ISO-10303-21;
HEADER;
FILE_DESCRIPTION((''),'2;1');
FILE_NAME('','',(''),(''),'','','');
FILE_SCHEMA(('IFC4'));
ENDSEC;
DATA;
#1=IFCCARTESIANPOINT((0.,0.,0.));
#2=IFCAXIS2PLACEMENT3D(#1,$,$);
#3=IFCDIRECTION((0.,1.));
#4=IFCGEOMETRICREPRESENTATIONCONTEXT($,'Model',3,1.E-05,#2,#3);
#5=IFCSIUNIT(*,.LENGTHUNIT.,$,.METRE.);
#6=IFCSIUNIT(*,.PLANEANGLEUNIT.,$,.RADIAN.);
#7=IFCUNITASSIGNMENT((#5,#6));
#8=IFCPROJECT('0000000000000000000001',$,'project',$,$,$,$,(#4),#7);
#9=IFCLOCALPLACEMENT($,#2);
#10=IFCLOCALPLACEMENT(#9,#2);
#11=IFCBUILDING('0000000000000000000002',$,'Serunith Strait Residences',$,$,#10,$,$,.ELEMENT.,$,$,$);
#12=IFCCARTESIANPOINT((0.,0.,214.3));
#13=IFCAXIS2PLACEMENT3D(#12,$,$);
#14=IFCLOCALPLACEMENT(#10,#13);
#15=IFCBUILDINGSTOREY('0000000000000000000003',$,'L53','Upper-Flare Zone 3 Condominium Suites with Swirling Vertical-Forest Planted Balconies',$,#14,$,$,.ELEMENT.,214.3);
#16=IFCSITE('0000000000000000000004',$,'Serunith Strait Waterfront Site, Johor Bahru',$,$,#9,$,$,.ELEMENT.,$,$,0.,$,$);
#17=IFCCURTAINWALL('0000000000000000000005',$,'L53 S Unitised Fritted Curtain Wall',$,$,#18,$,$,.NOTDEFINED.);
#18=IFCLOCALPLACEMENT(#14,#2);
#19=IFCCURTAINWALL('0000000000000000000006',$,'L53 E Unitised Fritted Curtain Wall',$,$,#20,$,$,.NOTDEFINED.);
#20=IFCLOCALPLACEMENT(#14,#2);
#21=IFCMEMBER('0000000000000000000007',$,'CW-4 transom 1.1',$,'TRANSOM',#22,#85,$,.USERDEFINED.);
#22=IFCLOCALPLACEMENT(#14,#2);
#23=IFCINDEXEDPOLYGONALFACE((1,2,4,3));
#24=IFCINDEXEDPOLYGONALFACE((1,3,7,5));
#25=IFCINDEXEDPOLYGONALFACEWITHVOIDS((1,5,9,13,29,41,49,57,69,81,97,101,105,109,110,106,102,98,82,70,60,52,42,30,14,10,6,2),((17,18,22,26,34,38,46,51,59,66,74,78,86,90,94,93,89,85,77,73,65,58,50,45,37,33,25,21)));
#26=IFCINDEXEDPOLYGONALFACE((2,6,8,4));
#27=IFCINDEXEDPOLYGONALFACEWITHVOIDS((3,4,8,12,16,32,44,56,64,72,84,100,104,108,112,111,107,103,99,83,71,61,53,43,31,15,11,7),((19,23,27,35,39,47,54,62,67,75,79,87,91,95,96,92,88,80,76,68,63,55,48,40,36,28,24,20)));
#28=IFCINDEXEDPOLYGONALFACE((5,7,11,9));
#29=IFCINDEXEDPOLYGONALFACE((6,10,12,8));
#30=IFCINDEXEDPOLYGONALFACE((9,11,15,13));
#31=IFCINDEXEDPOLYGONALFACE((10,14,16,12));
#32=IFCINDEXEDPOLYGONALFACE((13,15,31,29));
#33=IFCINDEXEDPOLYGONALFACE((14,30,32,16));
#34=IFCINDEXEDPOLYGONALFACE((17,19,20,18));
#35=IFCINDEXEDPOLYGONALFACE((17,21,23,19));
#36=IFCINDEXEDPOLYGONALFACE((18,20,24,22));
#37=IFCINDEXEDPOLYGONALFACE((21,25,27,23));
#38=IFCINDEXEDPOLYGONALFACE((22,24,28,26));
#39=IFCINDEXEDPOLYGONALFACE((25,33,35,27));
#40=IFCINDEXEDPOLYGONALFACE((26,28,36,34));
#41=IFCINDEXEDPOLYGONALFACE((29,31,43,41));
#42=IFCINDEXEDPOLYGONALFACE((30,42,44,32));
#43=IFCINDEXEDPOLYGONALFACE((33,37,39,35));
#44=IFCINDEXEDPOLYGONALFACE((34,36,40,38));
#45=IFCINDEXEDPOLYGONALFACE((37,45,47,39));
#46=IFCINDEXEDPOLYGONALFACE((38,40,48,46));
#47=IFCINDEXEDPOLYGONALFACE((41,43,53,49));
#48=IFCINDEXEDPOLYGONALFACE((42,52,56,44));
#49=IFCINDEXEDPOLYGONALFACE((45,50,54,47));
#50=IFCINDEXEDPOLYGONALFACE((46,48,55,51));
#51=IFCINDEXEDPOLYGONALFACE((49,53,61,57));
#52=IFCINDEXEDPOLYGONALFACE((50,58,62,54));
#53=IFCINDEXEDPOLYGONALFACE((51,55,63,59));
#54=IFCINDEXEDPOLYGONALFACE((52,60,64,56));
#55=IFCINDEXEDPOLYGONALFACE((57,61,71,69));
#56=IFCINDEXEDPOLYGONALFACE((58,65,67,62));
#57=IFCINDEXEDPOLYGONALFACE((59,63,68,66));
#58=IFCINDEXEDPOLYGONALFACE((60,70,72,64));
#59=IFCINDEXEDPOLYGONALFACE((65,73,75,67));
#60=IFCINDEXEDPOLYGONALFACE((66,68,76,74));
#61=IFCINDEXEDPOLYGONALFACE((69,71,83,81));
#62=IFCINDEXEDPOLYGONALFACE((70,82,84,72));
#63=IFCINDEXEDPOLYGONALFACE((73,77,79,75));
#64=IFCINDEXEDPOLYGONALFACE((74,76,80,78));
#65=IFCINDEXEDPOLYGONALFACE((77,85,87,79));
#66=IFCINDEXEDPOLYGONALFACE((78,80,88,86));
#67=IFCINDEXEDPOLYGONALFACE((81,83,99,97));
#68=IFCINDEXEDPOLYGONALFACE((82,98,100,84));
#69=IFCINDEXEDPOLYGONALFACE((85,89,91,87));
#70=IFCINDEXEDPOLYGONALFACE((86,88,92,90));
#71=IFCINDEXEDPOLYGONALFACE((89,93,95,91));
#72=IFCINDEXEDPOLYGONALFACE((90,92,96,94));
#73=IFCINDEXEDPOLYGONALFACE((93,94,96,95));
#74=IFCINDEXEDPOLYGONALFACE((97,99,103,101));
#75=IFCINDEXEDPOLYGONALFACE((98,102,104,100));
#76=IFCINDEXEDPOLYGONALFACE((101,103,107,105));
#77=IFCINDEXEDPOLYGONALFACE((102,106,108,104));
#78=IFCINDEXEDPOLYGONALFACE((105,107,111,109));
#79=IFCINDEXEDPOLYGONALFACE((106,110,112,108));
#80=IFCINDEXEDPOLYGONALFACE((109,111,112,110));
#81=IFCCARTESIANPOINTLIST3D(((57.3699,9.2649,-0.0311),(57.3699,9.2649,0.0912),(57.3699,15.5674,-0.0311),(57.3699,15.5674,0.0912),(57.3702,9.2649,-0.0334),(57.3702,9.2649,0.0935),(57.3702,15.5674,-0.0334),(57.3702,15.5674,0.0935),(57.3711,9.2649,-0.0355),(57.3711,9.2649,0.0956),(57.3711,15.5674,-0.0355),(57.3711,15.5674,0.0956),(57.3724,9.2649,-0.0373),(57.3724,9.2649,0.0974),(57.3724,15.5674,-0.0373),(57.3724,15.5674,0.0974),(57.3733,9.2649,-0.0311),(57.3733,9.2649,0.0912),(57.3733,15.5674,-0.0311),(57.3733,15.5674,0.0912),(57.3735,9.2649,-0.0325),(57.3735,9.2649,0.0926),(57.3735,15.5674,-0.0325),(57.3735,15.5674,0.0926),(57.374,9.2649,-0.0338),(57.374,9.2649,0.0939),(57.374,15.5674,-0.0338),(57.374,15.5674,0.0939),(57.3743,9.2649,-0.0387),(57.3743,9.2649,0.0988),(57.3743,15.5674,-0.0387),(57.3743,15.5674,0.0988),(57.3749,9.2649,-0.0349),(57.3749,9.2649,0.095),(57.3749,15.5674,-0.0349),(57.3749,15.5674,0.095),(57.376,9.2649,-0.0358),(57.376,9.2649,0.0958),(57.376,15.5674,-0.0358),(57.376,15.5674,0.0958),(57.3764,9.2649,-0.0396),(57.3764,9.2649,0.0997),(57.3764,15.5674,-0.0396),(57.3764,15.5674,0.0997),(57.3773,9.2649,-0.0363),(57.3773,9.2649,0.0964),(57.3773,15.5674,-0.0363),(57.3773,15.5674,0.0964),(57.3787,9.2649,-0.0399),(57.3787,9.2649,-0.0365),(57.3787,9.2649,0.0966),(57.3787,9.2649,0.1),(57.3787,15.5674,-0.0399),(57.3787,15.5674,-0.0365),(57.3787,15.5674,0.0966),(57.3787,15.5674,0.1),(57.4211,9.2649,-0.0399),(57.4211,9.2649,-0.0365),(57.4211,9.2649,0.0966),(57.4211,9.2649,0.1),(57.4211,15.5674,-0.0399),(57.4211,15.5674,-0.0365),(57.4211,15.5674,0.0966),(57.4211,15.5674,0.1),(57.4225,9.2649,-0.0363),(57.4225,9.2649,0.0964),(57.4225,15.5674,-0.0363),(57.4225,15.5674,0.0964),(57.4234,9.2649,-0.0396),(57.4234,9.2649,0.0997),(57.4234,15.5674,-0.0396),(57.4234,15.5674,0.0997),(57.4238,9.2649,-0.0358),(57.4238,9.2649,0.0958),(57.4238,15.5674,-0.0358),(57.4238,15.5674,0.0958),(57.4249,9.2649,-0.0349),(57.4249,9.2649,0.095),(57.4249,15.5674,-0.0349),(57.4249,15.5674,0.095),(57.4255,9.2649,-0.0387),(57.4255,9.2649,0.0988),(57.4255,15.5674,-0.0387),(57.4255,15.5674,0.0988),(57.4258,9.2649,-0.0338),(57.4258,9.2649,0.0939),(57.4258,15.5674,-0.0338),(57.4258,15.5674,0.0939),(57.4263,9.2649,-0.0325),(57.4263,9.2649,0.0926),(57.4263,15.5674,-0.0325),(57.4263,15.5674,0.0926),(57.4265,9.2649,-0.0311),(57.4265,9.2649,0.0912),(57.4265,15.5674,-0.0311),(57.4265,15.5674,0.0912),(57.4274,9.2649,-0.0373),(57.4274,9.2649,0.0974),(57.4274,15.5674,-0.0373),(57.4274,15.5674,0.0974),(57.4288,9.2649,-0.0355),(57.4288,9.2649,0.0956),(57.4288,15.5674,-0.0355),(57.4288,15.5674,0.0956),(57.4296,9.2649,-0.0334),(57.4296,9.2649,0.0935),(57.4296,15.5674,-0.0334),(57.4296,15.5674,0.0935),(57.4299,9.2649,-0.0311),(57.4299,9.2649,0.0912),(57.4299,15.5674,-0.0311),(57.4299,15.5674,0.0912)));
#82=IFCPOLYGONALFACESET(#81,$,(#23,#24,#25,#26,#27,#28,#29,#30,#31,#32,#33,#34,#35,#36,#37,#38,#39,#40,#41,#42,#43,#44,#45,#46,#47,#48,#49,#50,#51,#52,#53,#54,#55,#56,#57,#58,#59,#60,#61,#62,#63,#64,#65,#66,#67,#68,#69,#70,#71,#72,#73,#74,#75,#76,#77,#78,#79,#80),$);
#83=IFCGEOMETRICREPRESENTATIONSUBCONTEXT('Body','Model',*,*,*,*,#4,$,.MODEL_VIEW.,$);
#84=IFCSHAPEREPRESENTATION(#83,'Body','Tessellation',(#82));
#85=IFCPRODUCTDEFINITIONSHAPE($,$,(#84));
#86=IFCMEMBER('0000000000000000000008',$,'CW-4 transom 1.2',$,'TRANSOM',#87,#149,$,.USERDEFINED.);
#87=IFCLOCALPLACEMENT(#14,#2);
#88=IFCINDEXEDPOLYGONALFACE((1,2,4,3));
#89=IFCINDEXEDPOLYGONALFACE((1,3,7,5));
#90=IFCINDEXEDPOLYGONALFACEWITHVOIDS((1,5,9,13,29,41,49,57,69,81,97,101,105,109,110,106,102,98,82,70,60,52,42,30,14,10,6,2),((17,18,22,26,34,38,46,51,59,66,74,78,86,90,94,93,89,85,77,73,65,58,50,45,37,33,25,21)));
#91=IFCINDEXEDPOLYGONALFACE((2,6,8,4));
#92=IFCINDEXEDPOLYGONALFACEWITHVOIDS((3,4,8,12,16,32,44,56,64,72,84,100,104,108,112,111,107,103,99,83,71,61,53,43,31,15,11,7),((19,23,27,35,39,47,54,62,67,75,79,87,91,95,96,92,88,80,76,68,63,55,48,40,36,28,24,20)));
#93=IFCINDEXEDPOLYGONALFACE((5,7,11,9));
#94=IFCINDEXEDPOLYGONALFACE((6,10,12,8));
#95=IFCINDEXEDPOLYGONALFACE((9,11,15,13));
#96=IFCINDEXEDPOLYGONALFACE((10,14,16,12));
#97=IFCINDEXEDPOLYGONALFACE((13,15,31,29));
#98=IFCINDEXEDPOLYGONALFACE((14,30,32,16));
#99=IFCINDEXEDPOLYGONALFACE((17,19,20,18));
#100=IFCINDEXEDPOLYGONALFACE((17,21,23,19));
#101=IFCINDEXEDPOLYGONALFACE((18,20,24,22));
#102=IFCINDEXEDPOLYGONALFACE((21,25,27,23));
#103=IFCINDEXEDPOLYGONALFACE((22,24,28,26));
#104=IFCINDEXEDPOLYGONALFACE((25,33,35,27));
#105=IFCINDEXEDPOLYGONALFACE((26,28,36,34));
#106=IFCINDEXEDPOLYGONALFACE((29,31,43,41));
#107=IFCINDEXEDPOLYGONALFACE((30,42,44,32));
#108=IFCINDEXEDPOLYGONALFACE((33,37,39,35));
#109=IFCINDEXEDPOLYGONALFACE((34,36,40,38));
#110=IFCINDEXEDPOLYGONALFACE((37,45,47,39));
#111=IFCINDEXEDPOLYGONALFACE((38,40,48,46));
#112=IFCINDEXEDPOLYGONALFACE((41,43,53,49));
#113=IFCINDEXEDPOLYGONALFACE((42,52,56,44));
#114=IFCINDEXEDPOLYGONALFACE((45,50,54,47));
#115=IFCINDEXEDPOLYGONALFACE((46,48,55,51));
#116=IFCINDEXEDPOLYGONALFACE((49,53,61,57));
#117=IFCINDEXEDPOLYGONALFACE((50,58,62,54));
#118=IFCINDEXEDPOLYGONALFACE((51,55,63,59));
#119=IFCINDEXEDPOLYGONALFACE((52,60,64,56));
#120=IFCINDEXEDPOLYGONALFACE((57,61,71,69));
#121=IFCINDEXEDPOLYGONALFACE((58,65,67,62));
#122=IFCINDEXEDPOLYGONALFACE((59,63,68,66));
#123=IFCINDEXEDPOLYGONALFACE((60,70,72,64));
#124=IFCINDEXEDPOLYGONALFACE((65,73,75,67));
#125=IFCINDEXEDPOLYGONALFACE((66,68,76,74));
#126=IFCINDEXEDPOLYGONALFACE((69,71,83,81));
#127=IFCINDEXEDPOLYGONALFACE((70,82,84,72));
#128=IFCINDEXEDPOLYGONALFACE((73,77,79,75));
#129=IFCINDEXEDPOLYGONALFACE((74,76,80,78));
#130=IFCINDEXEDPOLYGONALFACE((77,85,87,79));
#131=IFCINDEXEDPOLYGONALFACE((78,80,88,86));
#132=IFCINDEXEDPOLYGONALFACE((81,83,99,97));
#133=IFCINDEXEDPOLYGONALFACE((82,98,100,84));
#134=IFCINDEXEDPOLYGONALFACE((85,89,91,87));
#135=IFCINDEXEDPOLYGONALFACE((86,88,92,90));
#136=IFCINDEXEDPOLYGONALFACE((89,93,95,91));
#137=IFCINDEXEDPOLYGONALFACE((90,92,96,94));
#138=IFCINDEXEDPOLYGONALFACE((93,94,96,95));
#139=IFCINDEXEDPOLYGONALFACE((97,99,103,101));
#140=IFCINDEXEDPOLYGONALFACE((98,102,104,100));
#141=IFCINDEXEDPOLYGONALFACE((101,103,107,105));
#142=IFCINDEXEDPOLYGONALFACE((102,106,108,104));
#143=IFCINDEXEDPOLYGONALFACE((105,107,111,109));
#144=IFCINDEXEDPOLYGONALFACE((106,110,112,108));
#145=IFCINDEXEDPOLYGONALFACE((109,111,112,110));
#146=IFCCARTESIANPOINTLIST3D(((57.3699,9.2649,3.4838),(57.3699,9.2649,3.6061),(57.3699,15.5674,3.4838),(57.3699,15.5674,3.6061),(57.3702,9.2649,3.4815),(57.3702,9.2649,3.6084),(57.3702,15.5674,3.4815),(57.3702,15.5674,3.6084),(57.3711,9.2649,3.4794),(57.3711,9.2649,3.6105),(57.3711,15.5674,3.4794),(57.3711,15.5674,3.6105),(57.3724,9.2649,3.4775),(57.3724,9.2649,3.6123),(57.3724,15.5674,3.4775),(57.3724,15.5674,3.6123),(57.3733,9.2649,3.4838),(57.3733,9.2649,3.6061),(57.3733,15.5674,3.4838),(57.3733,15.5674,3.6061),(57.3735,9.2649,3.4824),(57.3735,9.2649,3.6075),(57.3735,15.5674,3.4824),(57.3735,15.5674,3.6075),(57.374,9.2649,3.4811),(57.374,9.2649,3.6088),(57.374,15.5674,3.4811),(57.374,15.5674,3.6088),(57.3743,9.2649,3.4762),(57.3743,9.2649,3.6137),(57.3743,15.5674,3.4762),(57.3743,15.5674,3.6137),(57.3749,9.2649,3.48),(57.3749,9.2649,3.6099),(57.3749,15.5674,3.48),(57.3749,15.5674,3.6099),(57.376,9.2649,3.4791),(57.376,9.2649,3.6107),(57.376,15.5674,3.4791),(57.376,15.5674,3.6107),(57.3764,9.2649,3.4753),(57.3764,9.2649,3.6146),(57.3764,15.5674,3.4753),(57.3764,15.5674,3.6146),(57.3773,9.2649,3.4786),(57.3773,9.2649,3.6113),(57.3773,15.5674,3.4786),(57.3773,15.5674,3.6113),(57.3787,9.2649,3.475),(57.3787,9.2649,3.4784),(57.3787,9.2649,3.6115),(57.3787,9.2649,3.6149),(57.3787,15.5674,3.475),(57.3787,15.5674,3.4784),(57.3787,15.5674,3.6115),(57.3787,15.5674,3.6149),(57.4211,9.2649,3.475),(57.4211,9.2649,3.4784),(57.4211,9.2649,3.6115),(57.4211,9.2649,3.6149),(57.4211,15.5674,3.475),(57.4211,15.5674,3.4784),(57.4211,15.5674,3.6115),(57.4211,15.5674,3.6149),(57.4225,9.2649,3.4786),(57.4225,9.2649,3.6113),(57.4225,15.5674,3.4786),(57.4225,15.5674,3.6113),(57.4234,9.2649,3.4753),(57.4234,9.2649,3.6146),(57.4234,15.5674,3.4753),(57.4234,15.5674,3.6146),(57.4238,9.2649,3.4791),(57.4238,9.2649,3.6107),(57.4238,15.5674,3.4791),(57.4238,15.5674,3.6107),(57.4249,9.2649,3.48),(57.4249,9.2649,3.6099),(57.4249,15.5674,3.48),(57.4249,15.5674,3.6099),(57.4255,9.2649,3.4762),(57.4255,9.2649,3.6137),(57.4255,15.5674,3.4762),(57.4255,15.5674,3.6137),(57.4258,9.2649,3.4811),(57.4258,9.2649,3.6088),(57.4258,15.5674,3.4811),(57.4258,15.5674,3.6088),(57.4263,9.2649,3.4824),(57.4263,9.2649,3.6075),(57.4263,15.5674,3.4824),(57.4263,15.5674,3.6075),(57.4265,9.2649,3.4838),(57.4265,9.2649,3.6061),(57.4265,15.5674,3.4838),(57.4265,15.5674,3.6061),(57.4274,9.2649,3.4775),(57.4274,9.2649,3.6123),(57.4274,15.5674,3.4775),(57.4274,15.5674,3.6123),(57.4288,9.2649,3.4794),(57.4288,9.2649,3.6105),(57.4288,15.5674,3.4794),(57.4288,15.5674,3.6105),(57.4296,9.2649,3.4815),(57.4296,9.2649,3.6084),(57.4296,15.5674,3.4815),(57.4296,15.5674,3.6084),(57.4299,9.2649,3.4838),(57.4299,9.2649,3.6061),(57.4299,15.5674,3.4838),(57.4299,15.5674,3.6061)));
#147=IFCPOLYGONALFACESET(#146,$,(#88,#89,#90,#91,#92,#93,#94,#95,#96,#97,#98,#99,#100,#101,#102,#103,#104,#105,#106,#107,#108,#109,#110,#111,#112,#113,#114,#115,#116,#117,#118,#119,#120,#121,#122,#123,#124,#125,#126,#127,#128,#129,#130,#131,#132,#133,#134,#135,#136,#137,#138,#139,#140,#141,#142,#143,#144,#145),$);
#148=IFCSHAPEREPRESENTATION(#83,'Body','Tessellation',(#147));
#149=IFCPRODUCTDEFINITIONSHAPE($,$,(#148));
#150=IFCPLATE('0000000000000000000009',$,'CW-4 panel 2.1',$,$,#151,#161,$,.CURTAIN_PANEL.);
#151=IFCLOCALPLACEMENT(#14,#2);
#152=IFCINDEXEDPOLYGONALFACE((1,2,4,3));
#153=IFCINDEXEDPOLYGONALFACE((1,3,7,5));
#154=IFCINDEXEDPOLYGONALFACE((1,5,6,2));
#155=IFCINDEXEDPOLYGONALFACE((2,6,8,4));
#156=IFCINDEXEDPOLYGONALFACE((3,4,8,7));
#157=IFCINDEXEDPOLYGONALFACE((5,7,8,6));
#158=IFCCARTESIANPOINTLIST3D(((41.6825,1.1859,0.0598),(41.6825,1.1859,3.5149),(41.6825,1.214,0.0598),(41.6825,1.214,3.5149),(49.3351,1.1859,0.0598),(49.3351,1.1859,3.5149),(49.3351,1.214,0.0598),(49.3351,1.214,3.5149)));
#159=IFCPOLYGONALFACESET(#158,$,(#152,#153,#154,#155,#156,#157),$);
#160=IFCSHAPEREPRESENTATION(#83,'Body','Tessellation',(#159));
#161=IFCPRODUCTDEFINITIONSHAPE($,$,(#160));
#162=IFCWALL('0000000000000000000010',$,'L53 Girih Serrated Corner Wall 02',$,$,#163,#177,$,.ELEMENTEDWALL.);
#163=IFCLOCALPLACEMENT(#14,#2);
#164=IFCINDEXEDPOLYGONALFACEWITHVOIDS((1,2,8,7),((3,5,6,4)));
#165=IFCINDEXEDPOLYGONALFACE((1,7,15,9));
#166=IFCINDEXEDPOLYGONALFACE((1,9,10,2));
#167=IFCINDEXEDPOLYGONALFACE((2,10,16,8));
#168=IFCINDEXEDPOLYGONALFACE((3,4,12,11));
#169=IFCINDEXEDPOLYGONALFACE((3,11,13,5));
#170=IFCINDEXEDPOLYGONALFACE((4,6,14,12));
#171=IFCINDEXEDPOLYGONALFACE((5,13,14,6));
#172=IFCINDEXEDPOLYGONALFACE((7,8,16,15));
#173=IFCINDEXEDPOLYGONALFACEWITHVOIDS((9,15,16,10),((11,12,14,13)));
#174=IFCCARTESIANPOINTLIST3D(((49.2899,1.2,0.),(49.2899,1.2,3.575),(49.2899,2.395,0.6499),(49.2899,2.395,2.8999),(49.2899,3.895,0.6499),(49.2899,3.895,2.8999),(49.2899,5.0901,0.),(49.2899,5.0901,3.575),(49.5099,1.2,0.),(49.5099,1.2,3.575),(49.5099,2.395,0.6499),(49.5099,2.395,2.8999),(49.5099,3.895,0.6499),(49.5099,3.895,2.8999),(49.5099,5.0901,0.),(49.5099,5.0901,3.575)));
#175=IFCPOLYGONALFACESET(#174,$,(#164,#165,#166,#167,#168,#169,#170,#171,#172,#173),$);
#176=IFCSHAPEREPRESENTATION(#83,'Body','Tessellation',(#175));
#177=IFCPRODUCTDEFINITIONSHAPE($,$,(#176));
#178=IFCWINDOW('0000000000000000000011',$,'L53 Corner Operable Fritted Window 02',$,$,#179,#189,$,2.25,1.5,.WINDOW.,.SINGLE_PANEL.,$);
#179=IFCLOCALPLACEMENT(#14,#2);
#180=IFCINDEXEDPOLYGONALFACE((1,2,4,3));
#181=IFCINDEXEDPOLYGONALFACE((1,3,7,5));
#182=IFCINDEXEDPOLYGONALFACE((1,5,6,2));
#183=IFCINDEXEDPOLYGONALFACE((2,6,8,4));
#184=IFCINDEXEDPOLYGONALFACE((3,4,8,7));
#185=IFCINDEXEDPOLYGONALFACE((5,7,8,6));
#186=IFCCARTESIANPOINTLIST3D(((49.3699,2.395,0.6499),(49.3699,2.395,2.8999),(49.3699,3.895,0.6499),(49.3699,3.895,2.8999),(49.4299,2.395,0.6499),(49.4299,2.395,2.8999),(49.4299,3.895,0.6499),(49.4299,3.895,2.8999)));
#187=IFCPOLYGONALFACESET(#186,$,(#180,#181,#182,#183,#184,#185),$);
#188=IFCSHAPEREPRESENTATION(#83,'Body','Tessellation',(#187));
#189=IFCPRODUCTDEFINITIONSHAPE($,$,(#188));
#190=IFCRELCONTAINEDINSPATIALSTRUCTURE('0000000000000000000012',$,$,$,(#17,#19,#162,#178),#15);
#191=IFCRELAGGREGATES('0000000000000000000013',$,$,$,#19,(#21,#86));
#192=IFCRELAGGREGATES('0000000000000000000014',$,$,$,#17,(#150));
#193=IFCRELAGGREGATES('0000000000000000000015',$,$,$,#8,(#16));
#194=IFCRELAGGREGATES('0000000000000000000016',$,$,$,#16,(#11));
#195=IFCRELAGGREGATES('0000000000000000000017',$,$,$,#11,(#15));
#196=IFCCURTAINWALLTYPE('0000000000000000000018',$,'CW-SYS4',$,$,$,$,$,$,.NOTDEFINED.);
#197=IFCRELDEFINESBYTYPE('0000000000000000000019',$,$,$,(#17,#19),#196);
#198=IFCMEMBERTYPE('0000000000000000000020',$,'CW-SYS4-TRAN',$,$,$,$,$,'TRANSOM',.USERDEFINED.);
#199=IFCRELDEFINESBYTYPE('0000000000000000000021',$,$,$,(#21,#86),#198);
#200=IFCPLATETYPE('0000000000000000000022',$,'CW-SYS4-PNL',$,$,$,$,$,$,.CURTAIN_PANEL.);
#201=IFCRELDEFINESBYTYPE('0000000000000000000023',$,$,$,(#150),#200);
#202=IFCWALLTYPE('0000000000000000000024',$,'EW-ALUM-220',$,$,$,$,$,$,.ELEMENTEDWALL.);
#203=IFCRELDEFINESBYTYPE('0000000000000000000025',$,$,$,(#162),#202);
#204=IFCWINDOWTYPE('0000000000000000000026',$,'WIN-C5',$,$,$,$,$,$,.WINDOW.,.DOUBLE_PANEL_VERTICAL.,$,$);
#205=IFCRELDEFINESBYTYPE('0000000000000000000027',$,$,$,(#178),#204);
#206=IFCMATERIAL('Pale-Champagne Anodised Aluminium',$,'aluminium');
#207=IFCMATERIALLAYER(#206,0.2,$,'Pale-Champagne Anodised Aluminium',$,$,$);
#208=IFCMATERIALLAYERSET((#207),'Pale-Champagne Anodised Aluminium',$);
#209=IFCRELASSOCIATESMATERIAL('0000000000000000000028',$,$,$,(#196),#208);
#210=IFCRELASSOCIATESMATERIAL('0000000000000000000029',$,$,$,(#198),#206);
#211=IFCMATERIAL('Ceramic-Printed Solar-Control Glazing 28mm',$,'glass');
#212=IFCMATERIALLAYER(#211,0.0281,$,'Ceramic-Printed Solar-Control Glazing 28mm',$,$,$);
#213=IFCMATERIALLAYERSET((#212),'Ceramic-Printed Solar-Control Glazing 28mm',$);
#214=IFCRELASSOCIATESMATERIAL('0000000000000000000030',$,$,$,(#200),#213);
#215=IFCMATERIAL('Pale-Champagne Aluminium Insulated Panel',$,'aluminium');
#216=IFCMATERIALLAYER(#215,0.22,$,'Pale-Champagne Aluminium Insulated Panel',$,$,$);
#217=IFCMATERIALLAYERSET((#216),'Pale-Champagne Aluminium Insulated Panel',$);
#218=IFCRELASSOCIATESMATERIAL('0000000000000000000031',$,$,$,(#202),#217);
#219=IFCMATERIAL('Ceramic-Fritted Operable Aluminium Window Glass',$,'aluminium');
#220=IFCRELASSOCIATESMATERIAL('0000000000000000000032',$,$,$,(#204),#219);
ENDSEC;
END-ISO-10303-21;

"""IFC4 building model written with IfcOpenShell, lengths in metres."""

from ifc_helpers import new_model, si_unit, direction, frame, frame_2d, origin, origin_2d, place, context, subcontext, project, spatial, rectangle, hollow_rectangle, extrude, source, transform, mapped, material, layer, layer_set, material_profile, profile_set, type_object, element, fill, aggregate, save


model = new_model("IFC4")

# Units and contexts
model_context = context("Model", 3, precision=1e-05, world=origin(), true_north=direction((0.0, 1.0)))
body_context = subcontext(model_context, "Body", "Model", "MODEL_VIEW")
ifc_project = project(units=[si_unit("LENGTHUNIT", "METRE"), si_unit("PLANEANGLEUNIT", "RADIAN")], contexts=[model_context])

# Site, building, storey
site_placement = place(None, origin())
site = spatial("IfcSite", under=ifc_project, at=site_placement, Name="Serunith Strait Waterfront Site, Johor Bahru", CompositionType="ELEMENT", RefElevation=0.0)
building_placement = place(site_placement, origin())
building = spatial("IfcBuilding", under=site, at=building_placement, Name="Serunith Strait Residences", CompositionType="ELEMENT")
storey_placement = place(building_placement, frame((0.0, 0.0, 214.3)))
storey = spatial("IfcBuildingStorey", under=building, at=storey_placement, Name="L53", Description="Upper-Flare Zone 3 Condominium Suites with Swirling Vertical-Forest Planted Balconies", CompositionType="ELEMENT", Elevation=214.3)

# Curtain wall
ifc_material_1 = material(Name="Pale-Champagne Anodised Aluminium", Category="aluminium")
ifc_layer_1 = layer(ifc_material_1, 0.2, Name="Pale-Champagne Anodised Aluminium")
ifc_layer_set_1 = layer_set([ifc_layer_1], Name="Pale-Champagne Anodised Aluminium")
curtain_wall_type = type_object("IfcCurtainWallType", Name="CW-SYS4", PredefinedType="NOTDEFINED", material=ifc_layer_set_1)
curtain_wall_1_placement = place(storey_placement, origin())
curtain_wall_1 = element("IfcCurtainWall", 1, at=curtain_wall_1_placement, inside=storey, type_object=curtain_wall_type, Name="L53 S Unitised Fritted Curtain Wall", PredefinedType="NOTDEFINED")

# Curtain wall, members
curtain_wall_2_placement = place(storey_placement, origin())
curtain_wall_2 = element("IfcCurtainWall", 2, at=curtain_wall_2_placement, inside=storey, type_object=curtain_wall_type, Name="L53 E Unitised Fritted Curtain Wall", PredefinedType="NOTDEFINED")
ifc_material_profile_1 = material_profile(ifc_material_1, hollow_rectangle(XDim=0.0601, YDim=0.1399, WallThickness=0.0034, InnerFilletRadius=0.0054, OuterFilletRadius=0.0088, at=origin_2d()), Name="ALU 140x60x3.5")
ifc_profile_set_1 = profile_set([ifc_material_profile_1], Name="Pale-Champagne Anodised Aluminium")
member_type_1 = type_object("IfcMemberType", Name="CW-SYS4-TRAN", ElementType="TRANSOM", PredefinedType="USERDEFINED", material=ifc_profile_set_1)
shared_shape_1 = source(origin(), body_context, "Body", "SweptSolid", [
    extrude(hollow_rectangle(XDim=0.0601, YDim=0.1399, WallThickness=0.0034, InnerFilletRadius=0.0054, OuterFilletRadius=0.0088, at=origin_2d()), origin(), (0.0, 0.0, 1.0), 6.3025),
])
member_1_placement = place(storey_placement, frame((57.3999, 9.2649, 0.03), z_axis=(0.0, 1.0, 0.0), x_axis=(-1.0, 0.0, 0.0)))
member_1 = element("IfcMember", 3, at=member_1_placement, type_object=member_type_1, Name="CW-4 transom 1.1", ObjectType="TRANSOM", PredefinedType="USERDEFINED", context=body_context, shape_type="MappedRepresentation", body=[
    mapped(shared_shape_1, transform((0.0, 0.0, 0.0), scale=1.0)),
])
member_2_placement = place(storey_placement, frame((57.3999, 9.2649, 3.5449), z_axis=(0.0, 1.0, 0.0), x_axis=(-1.0, 0.0, 0.0)))
member_2 = element("IfcMember", 4, at=member_2_placement, type_object=member_type_1, Name="CW-4 transom 1.2", ObjectType="TRANSOM", PredefinedType="USERDEFINED", context=body_context, shape_type="MappedRepresentation", body=[
    mapped(shared_shape_1, transform((0.0, 0.0, 0.0), scale=1.0)),
])
aggregate(curtain_wall_2, [member_1, member_2])

# Plate
ifc_material_2 = material(Name="Ceramic-Printed Solar-Control Glazing 28mm", Category="glass")
ifc_layer_2 = layer(ifc_material_2, 0.0281, Name="Ceramic-Printed Solar-Control Glazing 28mm")
ifc_layer_set_2 = layer_set([ifc_layer_2], Name="Ceramic-Printed Solar-Control Glazing 28mm")
plate_type = type_object("IfcPlateType", Name="CW-SYS4-PNL", PredefinedType="CURTAIN_PANEL", material=ifc_layer_set_2)
shared_shape_2 = source(origin(), body_context, "Body", "SweptSolid", [
    extrude(rectangle(XDim=7.6526, YDim=0.0281, at=origin_2d()), origin(), (0.0, 0.0, 1.0), 3.4551),
])
plate_placement = place(storey_placement, frame((45.5088, 1.2, 0.0598), z_axis=(0.0, 0.0, 1.0), x_axis=(1.0, 0.0, 0.0)))
plate = element("IfcPlate", 5, at=plate_placement, type_object=plate_type, Name="CW-4 panel 2.1", PredefinedType="CURTAIN_PANEL", context=body_context, shape_type="MappedRepresentation", body=[
    mapped(shared_shape_2, transform((0.0, 0.0, 0.0), scale=1.0)),
])
aggregate(curtain_wall_1, [plate])

# Wall, opening, window
ifc_material_3 = material(Name="Pale-Champagne Aluminium Insulated Panel", Category="aluminium")
ifc_layer_3 = layer(ifc_material_3, 0.22, Name="Pale-Champagne Aluminium Insulated Panel")
ifc_layer_set_3 = layer_set([ifc_layer_3], Name="Pale-Champagne Aluminium Insulated Panel")
wall_type_1 = type_object("IfcWallType", Name="EW-ALUM-220", PredefinedType="ELEMENTEDWALL", material=ifc_layer_set_3)
wall_1_placement = place(storey_placement, frame((49.3999, 1.2, 0.0), z_axis=(0.0, 0.0, 1.0), x_axis=(0.0, 1.0, 0.0)))
wall_1 = element("IfcWall", 6, at=wall_1_placement, inside=storey, type_object=wall_type_1, Name="L53 Girih Serrated Corner Wall 02", PredefinedType="ELEMENTEDWALL", context=body_context, shape_type="SweptSolid", body=[
    extrude(rectangle(XDim=3.8901, YDim=0.22, at=frame_2d((1.9451, 0.0))), origin(), (0.0, 0.0, 1.0), 3.575),
])
opening_1_placement = place(wall_1_placement, frame((1.1951, 0.0, 0.6499)))
opening_1 = element("IfcOpeningElement", 7, at=opening_1_placement, cuts=wall_1, PredefinedType="OPENING", context=body_context, shape_type="SweptSolid", body=[
    extrude(rectangle(XDim=1.5, YDim=2.25, at=frame_2d((0.75, 1.125))), frame((0.0, 0.1201, 0.0), z_axis=(0.0, -1.0, 0.0), x_axis=(1.0, 0.0, 0.0)), (0.0, 0.0, 1.0), 0.24),
])
ifc_material_4 = material(Name="Ceramic-Fritted Operable Aluminium Window Glass", Category="aluminium")
window_type = type_object("IfcWindowType", Name="WIN-C5", PartitioningType="DOUBLE_PANEL_VERTICAL", PredefinedType="WINDOW", material=ifc_material_4)
shared_shape_3 = source(origin(), body_context, "Body", "SweptSolid", [
    extrude(rectangle(XDim=1.5, YDim=2.25, at=frame_2d((0.75, 1.125))), frame((0.0, 0.03, 0.0), z_axis=(0.0, -1.0, 0.0), x_axis=(1.0, 0.0, 0.0)), (0.0, 0.0, 1.0), 0.0601),
])
window_1_placement = place(opening_1_placement, origin())
window_1 = element("IfcWindow", 8, at=window_1_placement, inside=storey, type_object=window_type, Name="L53 Corner Operable Fritted Window 02", OverallHeight=2.25, OverallWidth=1.5, PartitioningType="SINGLE_PANEL", PredefinedType="WINDOW", context=body_context, shape_type="MappedRepresentation", body=[
    mapped(shared_shape_3, transform((0.0, 0.0, 0.0), scale=1.0)),
])
fill(opening_1, window_1)

save(model, "model.ifc")
